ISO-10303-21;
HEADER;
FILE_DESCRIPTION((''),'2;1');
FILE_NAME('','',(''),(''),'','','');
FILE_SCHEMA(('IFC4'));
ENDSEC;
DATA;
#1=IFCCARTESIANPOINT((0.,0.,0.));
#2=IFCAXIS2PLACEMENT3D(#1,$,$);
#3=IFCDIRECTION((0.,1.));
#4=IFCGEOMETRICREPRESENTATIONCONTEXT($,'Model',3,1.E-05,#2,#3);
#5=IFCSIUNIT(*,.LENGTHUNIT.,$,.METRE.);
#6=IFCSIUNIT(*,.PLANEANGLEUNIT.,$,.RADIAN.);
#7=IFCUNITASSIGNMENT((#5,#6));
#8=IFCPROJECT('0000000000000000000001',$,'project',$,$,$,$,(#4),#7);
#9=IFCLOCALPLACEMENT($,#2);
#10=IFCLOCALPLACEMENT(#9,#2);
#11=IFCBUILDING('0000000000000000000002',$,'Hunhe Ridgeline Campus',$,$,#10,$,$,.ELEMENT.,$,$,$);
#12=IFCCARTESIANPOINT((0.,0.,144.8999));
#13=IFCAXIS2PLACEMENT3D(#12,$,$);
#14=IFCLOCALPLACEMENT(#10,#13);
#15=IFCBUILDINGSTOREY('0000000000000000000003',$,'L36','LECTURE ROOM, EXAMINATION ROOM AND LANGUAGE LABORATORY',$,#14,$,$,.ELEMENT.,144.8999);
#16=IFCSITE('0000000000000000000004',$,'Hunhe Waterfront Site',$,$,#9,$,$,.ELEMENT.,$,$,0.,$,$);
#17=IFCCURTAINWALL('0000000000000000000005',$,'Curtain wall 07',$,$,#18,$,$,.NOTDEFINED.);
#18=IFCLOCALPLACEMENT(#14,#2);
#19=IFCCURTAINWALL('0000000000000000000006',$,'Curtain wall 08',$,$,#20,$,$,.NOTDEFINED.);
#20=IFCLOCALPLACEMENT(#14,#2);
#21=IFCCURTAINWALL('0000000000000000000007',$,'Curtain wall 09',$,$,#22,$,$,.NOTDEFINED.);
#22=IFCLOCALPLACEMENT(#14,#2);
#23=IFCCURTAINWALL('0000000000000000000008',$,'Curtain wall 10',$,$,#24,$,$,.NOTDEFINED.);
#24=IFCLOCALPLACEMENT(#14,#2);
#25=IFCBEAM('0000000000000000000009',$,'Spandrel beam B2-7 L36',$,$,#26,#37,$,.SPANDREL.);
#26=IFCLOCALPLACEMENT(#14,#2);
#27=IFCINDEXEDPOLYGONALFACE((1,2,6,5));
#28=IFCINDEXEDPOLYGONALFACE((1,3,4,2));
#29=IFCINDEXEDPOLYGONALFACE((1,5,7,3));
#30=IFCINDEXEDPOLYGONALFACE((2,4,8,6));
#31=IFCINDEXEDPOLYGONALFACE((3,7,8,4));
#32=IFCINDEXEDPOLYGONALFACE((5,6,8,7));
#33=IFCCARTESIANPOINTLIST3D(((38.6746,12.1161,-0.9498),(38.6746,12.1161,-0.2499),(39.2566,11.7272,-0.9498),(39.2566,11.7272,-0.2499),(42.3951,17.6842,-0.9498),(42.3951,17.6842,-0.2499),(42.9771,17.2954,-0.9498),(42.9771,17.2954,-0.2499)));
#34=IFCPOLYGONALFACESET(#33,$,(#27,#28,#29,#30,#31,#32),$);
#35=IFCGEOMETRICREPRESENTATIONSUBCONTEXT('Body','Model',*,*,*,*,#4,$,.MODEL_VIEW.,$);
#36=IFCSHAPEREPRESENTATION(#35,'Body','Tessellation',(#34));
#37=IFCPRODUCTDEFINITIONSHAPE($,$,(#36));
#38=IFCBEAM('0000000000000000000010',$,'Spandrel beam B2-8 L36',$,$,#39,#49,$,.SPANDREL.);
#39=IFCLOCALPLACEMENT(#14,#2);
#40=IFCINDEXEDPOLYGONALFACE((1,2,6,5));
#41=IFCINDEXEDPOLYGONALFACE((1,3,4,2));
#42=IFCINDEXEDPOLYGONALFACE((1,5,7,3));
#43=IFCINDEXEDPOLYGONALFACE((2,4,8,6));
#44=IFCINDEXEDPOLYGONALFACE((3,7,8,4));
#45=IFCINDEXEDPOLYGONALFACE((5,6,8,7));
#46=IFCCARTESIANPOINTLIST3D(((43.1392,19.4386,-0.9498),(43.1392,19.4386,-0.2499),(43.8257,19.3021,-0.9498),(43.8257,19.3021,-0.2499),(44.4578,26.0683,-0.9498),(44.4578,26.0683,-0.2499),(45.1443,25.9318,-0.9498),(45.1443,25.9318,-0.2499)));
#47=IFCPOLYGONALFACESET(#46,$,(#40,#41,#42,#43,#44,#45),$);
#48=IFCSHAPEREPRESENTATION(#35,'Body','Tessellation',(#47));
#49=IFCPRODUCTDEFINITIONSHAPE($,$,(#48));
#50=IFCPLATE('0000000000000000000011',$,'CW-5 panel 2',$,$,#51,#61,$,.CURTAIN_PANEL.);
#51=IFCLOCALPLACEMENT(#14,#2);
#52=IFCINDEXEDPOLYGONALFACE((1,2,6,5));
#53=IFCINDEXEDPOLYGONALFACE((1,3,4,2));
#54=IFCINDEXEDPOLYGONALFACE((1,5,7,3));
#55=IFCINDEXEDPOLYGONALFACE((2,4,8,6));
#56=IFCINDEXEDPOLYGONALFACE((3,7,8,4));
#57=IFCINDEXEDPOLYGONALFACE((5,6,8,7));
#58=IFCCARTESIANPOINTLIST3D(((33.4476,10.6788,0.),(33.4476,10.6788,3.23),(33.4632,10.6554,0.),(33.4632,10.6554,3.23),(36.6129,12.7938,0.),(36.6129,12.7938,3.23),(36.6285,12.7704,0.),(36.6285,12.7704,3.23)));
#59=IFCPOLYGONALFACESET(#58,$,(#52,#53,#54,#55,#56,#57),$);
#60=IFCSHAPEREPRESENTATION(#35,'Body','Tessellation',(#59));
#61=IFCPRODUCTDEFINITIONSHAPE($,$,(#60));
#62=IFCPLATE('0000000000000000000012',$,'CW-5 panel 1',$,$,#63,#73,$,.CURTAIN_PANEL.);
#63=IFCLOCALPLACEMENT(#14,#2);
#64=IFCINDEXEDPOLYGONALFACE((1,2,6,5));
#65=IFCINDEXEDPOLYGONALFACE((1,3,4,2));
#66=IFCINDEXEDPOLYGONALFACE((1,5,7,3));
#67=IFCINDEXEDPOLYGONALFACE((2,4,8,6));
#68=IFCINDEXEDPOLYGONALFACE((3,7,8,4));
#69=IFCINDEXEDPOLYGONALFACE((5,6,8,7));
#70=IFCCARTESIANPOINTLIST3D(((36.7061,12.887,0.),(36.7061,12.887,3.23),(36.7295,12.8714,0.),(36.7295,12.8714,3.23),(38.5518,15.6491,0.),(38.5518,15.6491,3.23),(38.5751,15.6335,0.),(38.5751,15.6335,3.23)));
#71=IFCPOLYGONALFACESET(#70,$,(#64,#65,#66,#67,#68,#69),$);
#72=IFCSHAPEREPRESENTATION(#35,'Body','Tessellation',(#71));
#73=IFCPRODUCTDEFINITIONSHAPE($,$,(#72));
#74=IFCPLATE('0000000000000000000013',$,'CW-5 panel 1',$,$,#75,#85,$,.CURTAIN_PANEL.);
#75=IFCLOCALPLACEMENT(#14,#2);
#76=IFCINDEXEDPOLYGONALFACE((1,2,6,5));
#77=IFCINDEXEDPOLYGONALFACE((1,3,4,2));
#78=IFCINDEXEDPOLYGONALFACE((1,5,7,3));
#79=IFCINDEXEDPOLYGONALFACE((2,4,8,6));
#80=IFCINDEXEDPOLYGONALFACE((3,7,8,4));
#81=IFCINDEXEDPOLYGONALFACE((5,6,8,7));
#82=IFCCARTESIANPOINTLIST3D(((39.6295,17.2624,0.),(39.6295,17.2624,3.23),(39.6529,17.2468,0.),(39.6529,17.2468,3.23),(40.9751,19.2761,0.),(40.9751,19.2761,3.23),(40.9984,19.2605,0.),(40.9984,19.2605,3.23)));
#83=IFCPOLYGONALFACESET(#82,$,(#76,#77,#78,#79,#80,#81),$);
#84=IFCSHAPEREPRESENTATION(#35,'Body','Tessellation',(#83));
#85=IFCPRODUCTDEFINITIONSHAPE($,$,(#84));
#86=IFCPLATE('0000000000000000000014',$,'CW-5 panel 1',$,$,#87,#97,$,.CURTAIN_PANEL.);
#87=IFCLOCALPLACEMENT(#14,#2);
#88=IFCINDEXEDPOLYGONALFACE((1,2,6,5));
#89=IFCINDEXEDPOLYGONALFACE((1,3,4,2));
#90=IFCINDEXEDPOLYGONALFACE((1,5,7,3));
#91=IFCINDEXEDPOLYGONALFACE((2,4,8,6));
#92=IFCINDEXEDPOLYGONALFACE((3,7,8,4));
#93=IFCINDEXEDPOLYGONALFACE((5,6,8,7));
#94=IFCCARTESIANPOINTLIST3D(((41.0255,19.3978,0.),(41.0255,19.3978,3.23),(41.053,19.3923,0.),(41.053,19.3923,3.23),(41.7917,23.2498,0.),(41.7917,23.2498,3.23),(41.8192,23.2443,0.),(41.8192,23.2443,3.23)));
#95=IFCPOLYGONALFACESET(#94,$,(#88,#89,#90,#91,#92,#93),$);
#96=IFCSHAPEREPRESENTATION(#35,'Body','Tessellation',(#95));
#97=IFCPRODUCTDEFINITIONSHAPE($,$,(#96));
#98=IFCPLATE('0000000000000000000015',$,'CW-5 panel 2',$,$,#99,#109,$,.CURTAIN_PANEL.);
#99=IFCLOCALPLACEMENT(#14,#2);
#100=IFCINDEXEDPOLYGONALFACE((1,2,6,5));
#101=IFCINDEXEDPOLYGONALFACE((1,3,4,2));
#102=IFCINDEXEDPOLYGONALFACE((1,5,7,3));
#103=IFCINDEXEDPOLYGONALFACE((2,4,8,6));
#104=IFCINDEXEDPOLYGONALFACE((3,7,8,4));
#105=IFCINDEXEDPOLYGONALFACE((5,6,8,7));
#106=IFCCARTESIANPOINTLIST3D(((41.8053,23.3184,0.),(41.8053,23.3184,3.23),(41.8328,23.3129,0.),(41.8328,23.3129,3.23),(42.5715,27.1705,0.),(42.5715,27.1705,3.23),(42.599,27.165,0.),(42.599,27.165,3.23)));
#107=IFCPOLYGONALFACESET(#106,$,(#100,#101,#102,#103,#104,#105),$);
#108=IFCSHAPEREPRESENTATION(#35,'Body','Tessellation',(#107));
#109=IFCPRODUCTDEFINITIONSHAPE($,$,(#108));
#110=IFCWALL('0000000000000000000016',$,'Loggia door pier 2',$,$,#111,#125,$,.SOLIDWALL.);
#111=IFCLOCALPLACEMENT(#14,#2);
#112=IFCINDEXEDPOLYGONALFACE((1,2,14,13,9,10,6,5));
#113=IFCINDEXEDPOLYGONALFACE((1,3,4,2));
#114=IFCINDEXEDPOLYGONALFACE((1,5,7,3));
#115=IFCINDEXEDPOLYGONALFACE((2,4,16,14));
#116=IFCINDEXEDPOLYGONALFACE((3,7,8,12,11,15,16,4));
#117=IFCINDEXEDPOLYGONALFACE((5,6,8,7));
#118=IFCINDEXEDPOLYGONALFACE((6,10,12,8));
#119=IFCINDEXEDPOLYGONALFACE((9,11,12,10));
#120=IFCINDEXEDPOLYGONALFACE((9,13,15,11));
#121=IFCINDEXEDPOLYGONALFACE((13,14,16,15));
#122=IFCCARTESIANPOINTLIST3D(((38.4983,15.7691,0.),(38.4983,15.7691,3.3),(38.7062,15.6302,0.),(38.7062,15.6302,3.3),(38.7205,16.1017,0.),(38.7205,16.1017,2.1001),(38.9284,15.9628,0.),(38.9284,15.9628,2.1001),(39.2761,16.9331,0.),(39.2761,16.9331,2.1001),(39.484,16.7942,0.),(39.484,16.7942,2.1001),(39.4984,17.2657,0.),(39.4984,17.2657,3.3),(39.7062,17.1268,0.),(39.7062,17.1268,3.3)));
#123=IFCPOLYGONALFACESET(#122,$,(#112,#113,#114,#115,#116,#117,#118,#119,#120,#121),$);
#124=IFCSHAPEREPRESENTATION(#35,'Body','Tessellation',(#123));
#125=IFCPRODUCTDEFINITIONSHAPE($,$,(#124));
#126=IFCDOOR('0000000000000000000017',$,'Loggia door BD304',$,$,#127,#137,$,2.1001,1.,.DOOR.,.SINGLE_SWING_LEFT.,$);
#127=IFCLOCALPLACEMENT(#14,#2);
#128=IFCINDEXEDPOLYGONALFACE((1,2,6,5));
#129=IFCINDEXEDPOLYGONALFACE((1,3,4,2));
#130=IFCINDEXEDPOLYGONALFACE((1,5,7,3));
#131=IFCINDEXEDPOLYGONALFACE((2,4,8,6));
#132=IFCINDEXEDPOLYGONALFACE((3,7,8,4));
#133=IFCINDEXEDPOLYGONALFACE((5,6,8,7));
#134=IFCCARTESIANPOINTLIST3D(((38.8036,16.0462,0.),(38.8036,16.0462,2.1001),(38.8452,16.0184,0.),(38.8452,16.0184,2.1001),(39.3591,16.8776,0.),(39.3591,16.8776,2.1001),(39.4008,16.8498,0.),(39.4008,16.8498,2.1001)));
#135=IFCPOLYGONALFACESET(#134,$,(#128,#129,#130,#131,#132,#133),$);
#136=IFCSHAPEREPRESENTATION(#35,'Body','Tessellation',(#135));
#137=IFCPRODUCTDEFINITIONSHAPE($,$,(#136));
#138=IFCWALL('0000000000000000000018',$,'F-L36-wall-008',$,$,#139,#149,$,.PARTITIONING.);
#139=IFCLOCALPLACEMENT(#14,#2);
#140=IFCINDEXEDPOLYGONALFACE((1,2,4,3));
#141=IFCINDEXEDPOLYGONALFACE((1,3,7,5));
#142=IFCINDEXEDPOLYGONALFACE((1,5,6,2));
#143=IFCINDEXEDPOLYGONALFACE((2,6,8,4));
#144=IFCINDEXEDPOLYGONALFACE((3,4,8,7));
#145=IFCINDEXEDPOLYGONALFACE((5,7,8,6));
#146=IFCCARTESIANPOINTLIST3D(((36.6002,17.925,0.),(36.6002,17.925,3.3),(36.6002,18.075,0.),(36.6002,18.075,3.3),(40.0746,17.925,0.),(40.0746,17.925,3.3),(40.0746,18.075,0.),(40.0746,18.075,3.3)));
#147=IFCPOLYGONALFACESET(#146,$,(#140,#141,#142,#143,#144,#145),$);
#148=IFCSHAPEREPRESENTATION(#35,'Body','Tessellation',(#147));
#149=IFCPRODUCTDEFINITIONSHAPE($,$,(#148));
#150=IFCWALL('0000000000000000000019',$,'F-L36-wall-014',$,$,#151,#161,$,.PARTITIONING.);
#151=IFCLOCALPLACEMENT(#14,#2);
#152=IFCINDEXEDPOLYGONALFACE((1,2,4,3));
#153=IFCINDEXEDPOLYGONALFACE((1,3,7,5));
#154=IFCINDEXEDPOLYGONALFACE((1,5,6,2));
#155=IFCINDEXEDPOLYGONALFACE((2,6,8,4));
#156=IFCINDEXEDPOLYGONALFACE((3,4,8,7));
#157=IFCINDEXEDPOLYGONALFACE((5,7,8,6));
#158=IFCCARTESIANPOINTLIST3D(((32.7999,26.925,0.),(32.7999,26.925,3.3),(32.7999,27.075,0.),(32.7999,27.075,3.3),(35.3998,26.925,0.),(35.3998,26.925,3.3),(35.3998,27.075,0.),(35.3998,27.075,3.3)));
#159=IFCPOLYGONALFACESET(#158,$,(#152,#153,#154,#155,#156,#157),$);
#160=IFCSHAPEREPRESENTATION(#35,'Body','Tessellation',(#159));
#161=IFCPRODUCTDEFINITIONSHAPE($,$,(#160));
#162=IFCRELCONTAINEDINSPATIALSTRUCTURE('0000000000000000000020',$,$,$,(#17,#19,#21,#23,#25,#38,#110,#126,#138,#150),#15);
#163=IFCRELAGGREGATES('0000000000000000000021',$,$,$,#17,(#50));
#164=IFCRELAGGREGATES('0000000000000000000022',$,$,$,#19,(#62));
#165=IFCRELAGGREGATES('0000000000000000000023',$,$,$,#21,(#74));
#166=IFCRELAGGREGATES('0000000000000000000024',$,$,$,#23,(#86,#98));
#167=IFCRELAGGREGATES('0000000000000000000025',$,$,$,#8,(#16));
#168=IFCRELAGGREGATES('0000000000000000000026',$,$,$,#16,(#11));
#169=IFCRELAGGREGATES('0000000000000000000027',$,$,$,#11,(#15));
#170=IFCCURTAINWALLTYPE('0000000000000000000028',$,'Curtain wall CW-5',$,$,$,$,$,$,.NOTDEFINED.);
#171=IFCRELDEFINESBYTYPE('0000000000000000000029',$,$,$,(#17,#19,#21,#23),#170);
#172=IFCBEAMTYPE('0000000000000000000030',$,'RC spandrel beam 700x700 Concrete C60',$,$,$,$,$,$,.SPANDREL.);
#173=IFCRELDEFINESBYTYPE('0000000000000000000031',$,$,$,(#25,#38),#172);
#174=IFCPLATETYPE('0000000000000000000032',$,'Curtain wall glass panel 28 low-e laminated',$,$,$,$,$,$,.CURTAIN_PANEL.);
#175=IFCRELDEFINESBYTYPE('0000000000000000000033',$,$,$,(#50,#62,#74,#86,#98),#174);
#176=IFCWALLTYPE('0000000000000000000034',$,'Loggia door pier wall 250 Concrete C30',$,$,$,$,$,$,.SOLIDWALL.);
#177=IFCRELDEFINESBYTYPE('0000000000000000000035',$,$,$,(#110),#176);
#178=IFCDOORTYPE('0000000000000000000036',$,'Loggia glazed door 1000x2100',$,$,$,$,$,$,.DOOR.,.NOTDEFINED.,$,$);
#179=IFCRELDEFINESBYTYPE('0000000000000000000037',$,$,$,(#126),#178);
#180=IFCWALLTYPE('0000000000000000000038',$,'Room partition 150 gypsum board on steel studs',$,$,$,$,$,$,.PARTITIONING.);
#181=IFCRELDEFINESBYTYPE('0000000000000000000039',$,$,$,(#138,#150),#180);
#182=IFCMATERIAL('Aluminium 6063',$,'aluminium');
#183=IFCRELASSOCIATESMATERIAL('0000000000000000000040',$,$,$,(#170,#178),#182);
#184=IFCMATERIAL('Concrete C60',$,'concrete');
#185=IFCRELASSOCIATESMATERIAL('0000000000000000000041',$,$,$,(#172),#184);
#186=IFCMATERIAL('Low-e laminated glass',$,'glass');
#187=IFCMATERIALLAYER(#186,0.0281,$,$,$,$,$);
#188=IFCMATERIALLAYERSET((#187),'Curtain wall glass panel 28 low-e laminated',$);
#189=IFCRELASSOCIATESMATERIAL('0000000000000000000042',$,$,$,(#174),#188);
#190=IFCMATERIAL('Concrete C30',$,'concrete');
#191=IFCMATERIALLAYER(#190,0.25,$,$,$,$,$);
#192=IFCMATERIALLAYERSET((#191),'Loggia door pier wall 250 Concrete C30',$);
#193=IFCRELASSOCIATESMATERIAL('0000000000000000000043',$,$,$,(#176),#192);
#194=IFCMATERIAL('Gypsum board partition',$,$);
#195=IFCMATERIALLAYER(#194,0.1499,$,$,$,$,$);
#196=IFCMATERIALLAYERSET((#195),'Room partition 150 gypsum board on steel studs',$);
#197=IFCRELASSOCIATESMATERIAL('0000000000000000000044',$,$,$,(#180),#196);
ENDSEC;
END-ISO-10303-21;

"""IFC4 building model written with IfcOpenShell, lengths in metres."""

from ifc_helpers import new_model, si_unit, direction, frame, frame_2d, origin, origin_2d, place, context, subcontext, project, spatial, rectangle, extrude, material, layer, layer_set, material_profile, profile_set, type_object, element, fill, aggregate, save


model = new_model("IFC4")

# Units and contexts
model_context = context("Model", 3, precision=1e-05, world=origin(), true_north=direction((0.0, 1.0)))
body_context = subcontext(model_context, "Body", "Model", "MODEL_VIEW")
ifc_project = project(units=[si_unit("LENGTHUNIT", "METRE"), si_unit("PLANEANGLEUNIT", "RADIAN")], contexts=[model_context])

# Site, building, storey
site_placement = place(None, origin())
site = spatial("IfcSite", under=ifc_project, at=site_placement, Name="Hunhe Waterfront Site", CompositionType="ELEMENT", RefElevation=0.0)
building_placement = place(site_placement, origin())
building = spatial("IfcBuilding", under=site, at=building_placement, Name="Hunhe Ridgeline Campus", CompositionType="ELEMENT")
storey_placement = place(building_placement, frame((0.0, 0.0, 144.8999)))
storey = spatial("IfcBuildingStorey", under=building, at=storey_placement, Name="L36", Description="LECTURE ROOM, EXAMINATION ROOM AND LANGUAGE LABORATORY", CompositionType="ELEMENT", Elevation=144.8999)

# Curtain walls
ifc_material_1 = material(Name="Aluminium 6063", Category="aluminium")
curtain_wall_type = type_object("IfcCurtainWallType", Name="Curtain wall CW-5", PredefinedType="NOTDEFINED", material=ifc_material_1)
curtain_wall_1_placement = place(storey_placement, origin())
curtain_wall_1 = element("IfcCurtainWall", 1, at=curtain_wall_1_placement, inside=storey, type_object=curtain_wall_type, Name="Curtain wall 07", PredefinedType="NOTDEFINED")
curtain_wall_2_placement = place(storey_placement, origin())
curtain_wall_2 = element("IfcCurtainWall", 2, at=curtain_wall_2_placement, inside=storey, type_object=curtain_wall_type, Name="Curtain wall 08", PredefinedType="NOTDEFINED")
curtain_wall_3_placement = place(storey_placement, origin())
curtain_wall_3 = element("IfcCurtainWall", 3, at=curtain_wall_3_placement, inside=storey, type_object=curtain_wall_type, Name="Curtain wall 09", PredefinedType="NOTDEFINED")
curtain_wall_4_placement = place(storey_placement, origin())
curtain_wall_4 = element("IfcCurtainWall", 4, at=curtain_wall_4_placement, inside=storey, type_object=curtain_wall_type, Name="Curtain wall 10", PredefinedType="NOTDEFINED")

# Beams
ifc_material_2 = material(Name="Concrete C60", Category="concrete")
ifc_material_profile_1 = material_profile(ifc_material_2, rectangle(XDim=0.7, YDim=0.7, at=origin_2d()))
ifc_profile_set_1 = profile_set([ifc_material_profile_1], Name="Concrete C60")
beam_type = type_object("IfcBeamType", Name="RC spandrel beam 700x700 Concrete C60", PredefinedType="SPANDREL", material=ifc_profile_set_1)
beam_1_placement = place(storey_placement, frame((38.9656, 11.9216, -0.5999), z_axis=(0.555566, 0.831472, 0.0), x_axis=(-0.831472, 0.555566, 0.0)))
element("IfcBeam", 5, at=beam_1_placement, inside=storey, type_object=beam_type, Name="Spandrel beam B2-7 L36", PredefinedType="SPANDREL", context=body_context, shape_type="SweptSolid", body=[
    extrude(rectangle(XDim=0.7, YDim=0.7, at=origin_2d()), origin(), (0.0, 0.0, 1.0), 6.6968),
])
beam_2_placement = place(storey_placement, frame((43.4824, 19.3704, -0.5999), z_axis=(0.195074, 0.980788, 0.0), x_axis=(-0.980788, 0.195074, 0.0)))
element("IfcBeam", 6, at=beam_2_placement, inside=storey, type_object=beam_type, Name="Spandrel beam B2-8 L36", PredefinedType="SPANDREL", context=body_context, shape_type="SweptSolid", body=[
    extrude(rectangle(XDim=0.7, YDim=0.7, at=origin_2d()), origin(), (0.0, 0.0, 1.0), 6.7595),
])

# Plates
ifc_material_3 = material(Name="Low-e laminated glass", Category="glass")
ifc_layer_1 = layer(ifc_material_3, 0.0281)
ifc_layer_set_1 = layer_set([ifc_layer_1], Name="Curtain wall glass panel 28 low-e laminated")
plate_type = type_object("IfcPlateType", Name="Curtain wall glass panel 28 low-e laminated", PredefinedType="CURTAIN_PANEL", material=ifc_layer_set_1)
plate_1_placement = place(storey_placement, frame((35.0381, 11.7246, 0.0), z_axis=(0.0, 0.0, 1.0), x_axis=(0.83147, 0.55557, 0.0)))
plate_1 = element("IfcPlate", 7, at=plate_1_placement, type_object=plate_type, Name="CW-5 panel 2", PredefinedType="CURTAIN_PANEL", context=body_context, shape_type="SweptSolid", body=[
    extrude(rectangle(XDim=3.8069, YDim=0.0281, at=origin_2d()), origin(), (0.0, 0.0, 1.0), 3.23),
])
aggregate(curtain_wall_1, [plate_1])
plate_2_placement = place(storey_placement, frame((37.6406, 14.2603, 0.0), z_axis=(0.0, 0.0, 1.0), x_axis=(0.55557, 0.83147, 0.0)))
plate_2 = element("IfcPlate", 8, at=plate_2_placement, type_object=plate_type, Name="CW-5 panel 1", PredefinedType="CURTAIN_PANEL", context=body_context, shape_type="SweptSolid", body=[
    extrude(rectangle(XDim=3.322, YDim=0.0281, at=origin_2d()), origin(), (0.0, 0.0, 1.0), 3.23),
])
aggregate(curtain_wall_2, [plate_2])
plate_3_placement = place(storey_placement, frame((40.314, 18.2615, 0.0), z_axis=(0.0, 0.0, 1.0), x_axis=(0.55557, 0.83147, 0.0)))
plate_3 = element("IfcPlate", 9, at=plate_3_placement, type_object=plate_type, Name="CW-5 panel 1", PredefinedType="CURTAIN_PANEL", context=body_context, shape_type="SweptSolid", body=[
    extrude(rectangle(XDim=2.4219, YDim=0.0281, at=origin_2d()), origin(), (0.0, 0.0, 1.0), 3.23),
])
aggregate(curtain_wall_3, [plate_3])
plate_4_placement = place(storey_placement, frame((41.4224, 21.321, 0.0), z_axis=(0.0, 0.0, 1.0), x_axis=(0.19509, 0.980785, 0.0)))
plate_4 = element("IfcPlate", 10, at=plate_4_placement, type_object=plate_type, Name="CW-5 panel 1", PredefinedType="CURTAIN_PANEL", context=body_context, shape_type="SweptSolid", body=[
    extrude(rectangle(XDim=3.9275, YDim=0.0281, at=origin_2d()), origin(), (0.0, 0.0, 1.0), 3.23),
])
plate_5_placement = place(storey_placement, frame((42.2021, 25.2417, 0.0), z_axis=(0.0, 0.0, 1.0), x_axis=(0.19509, 0.980785, 0.0)))
plate_5 = element("IfcPlate", 11, at=plate_5_placement, type_object=plate_type, Name="CW-5 panel 2", PredefinedType="CURTAIN_PANEL", context=body_context, shape_type="SweptSolid", body=[
    extrude(rectangle(XDim=3.9275, YDim=0.0281, at=origin_2d()), origin(), (0.0, 0.0, 1.0), 3.23),
])
aggregate(curtain_wall_4, [plate_4, plate_5])

# Wall, opening, door
ifc_material_4 = material(Name="Concrete C30", Category="concrete")
ifc_layer_2 = layer(ifc_material_4, 0.25)
ifc_layer_set_2 = layer_set([ifc_layer_2], Name="Loggia door pier wall 250 Concrete C30")
wall_type_1 = type_object("IfcWallType", Name="Loggia door pier wall 250 Concrete C30", PredefinedType="SOLIDWALL", material=ifc_layer_set_2)
wall_1_placement = place(storey_placement, frame((38.6023, 15.6997, 0.0), z_axis=(0.0, 0.0, 1.0), x_axis=(0.555576, 0.831466, 0.0)))
wall_1 = element("IfcWall", 12, at=wall_1_placement, inside=storey, type_object=wall_type_1, Name="Loggia door pier 2", PredefinedType="SOLIDWALL", context=body_context, shape_type="SweptSolid", body=[
    extrude(rectangle(XDim=1.8, YDim=0.25, at=frame_2d((0.8999, 0.0))), origin(), (0.0, 0.0, 1.0), 3.3),
])
opening_placement = place(wall_1_placement, frame((0.3999, 0.0, 0.0)))
opening = element("IfcOpeningElement", 13, at=opening_placement, cuts=wall_1, PredefinedType="OPENING", context=body_context, shape_type="SweptSolid", body=[
    extrude(rectangle(XDim=1.0, YDim=2.1001, at=frame_2d((0.5, 1.05))), frame((0.0, 0.125, 0.0), z_axis=(0.0, -1.0, 0.0), x_axis=(1.0, 0.0, 0.0)), (0.0, 0.0, 1.0), 0.25),
])
door_type = type_object("IfcDoorType", Name="Loggia glazed door 1000x2100", OperationType="NOTDEFINED", PredefinedType="DOOR", material=ifc_material_1)
door_placement = place(opening_placement, frame((1.0, 0.0, 0.0), z_axis=(0.0, 0.0, 1.0), x_axis=(-1.0, 0.0, 0.0)))
door = element("IfcDoor", 14, at=door_placement, inside=storey, type_object=door_type, Name="Loggia door BD304", OperationType="SINGLE_SWING_LEFT", OverallHeight=2.1001, OverallWidth=1.0, PredefinedType="DOOR", context=body_context, shape_type="SweptSolid", body=[
    extrude(rectangle(XDim=1.0, YDim=2.1001, at=frame_2d((0.5, 1.05))), frame((0.0, 0.0249, 0.0), z_axis=(0.0, -1.0, 0.0), x_axis=(1.0, 0.0, 0.0)), (0.0, 0.0, 1.0), 0.05),
])
fill(opening, door)

# Walls
ifc_material_5 = material(Name="Gypsum board partition")
ifc_layer_3 = layer(ifc_material_5, 0.1499)
ifc_layer_set_3 = layer_set([ifc_layer_3], Name="Room partition 150 gypsum board on steel studs")
wall_type_2 = type_object("IfcWallType", Name="Room partition 150 gypsum board on steel studs", PredefinedType="PARTITIONING", material=ifc_layer_set_3)
wall_2_placement = place(storey_placement, frame((36.6001, 18.0, 0.0), z_axis=(0.0, 0.0, 1.0), x_axis=(1.0, 0.0, 0.0)))
element("IfcWall", 15, at=wall_2_placement, inside=storey, type_object=wall_type_2, Name="F-L36-wall-008", PredefinedType="PARTITIONING", context=body_context, shape_type="SweptSolid", body=[
    extrude(rectangle(XDim=3.4744, YDim=0.1499, at=frame_2d((1.7373, 0.0))), origin(), (0.0, 0.0, 1.0), 3.3),
])
wall_3_placement = place(storey_placement, frame((32.8, 27.0, 0.0), z_axis=(0.0, 0.0, 1.0), x_axis=(1.0, 0.0, 0.0)))
element("IfcWall", 16, at=wall_3_placement, inside=storey, type_object=wall_type_2, Name="F-L36-wall-014", PredefinedType="PARTITIONING", context=body_context, shape_type="SweptSolid", body=[
    extrude(rectangle(XDim=2.5999, YDim=0.1499, at=frame_2d((1.2998, 0.0))), origin(), (0.0, 0.0, 1.0), 3.3),
])

save(model, "model.ifc")
